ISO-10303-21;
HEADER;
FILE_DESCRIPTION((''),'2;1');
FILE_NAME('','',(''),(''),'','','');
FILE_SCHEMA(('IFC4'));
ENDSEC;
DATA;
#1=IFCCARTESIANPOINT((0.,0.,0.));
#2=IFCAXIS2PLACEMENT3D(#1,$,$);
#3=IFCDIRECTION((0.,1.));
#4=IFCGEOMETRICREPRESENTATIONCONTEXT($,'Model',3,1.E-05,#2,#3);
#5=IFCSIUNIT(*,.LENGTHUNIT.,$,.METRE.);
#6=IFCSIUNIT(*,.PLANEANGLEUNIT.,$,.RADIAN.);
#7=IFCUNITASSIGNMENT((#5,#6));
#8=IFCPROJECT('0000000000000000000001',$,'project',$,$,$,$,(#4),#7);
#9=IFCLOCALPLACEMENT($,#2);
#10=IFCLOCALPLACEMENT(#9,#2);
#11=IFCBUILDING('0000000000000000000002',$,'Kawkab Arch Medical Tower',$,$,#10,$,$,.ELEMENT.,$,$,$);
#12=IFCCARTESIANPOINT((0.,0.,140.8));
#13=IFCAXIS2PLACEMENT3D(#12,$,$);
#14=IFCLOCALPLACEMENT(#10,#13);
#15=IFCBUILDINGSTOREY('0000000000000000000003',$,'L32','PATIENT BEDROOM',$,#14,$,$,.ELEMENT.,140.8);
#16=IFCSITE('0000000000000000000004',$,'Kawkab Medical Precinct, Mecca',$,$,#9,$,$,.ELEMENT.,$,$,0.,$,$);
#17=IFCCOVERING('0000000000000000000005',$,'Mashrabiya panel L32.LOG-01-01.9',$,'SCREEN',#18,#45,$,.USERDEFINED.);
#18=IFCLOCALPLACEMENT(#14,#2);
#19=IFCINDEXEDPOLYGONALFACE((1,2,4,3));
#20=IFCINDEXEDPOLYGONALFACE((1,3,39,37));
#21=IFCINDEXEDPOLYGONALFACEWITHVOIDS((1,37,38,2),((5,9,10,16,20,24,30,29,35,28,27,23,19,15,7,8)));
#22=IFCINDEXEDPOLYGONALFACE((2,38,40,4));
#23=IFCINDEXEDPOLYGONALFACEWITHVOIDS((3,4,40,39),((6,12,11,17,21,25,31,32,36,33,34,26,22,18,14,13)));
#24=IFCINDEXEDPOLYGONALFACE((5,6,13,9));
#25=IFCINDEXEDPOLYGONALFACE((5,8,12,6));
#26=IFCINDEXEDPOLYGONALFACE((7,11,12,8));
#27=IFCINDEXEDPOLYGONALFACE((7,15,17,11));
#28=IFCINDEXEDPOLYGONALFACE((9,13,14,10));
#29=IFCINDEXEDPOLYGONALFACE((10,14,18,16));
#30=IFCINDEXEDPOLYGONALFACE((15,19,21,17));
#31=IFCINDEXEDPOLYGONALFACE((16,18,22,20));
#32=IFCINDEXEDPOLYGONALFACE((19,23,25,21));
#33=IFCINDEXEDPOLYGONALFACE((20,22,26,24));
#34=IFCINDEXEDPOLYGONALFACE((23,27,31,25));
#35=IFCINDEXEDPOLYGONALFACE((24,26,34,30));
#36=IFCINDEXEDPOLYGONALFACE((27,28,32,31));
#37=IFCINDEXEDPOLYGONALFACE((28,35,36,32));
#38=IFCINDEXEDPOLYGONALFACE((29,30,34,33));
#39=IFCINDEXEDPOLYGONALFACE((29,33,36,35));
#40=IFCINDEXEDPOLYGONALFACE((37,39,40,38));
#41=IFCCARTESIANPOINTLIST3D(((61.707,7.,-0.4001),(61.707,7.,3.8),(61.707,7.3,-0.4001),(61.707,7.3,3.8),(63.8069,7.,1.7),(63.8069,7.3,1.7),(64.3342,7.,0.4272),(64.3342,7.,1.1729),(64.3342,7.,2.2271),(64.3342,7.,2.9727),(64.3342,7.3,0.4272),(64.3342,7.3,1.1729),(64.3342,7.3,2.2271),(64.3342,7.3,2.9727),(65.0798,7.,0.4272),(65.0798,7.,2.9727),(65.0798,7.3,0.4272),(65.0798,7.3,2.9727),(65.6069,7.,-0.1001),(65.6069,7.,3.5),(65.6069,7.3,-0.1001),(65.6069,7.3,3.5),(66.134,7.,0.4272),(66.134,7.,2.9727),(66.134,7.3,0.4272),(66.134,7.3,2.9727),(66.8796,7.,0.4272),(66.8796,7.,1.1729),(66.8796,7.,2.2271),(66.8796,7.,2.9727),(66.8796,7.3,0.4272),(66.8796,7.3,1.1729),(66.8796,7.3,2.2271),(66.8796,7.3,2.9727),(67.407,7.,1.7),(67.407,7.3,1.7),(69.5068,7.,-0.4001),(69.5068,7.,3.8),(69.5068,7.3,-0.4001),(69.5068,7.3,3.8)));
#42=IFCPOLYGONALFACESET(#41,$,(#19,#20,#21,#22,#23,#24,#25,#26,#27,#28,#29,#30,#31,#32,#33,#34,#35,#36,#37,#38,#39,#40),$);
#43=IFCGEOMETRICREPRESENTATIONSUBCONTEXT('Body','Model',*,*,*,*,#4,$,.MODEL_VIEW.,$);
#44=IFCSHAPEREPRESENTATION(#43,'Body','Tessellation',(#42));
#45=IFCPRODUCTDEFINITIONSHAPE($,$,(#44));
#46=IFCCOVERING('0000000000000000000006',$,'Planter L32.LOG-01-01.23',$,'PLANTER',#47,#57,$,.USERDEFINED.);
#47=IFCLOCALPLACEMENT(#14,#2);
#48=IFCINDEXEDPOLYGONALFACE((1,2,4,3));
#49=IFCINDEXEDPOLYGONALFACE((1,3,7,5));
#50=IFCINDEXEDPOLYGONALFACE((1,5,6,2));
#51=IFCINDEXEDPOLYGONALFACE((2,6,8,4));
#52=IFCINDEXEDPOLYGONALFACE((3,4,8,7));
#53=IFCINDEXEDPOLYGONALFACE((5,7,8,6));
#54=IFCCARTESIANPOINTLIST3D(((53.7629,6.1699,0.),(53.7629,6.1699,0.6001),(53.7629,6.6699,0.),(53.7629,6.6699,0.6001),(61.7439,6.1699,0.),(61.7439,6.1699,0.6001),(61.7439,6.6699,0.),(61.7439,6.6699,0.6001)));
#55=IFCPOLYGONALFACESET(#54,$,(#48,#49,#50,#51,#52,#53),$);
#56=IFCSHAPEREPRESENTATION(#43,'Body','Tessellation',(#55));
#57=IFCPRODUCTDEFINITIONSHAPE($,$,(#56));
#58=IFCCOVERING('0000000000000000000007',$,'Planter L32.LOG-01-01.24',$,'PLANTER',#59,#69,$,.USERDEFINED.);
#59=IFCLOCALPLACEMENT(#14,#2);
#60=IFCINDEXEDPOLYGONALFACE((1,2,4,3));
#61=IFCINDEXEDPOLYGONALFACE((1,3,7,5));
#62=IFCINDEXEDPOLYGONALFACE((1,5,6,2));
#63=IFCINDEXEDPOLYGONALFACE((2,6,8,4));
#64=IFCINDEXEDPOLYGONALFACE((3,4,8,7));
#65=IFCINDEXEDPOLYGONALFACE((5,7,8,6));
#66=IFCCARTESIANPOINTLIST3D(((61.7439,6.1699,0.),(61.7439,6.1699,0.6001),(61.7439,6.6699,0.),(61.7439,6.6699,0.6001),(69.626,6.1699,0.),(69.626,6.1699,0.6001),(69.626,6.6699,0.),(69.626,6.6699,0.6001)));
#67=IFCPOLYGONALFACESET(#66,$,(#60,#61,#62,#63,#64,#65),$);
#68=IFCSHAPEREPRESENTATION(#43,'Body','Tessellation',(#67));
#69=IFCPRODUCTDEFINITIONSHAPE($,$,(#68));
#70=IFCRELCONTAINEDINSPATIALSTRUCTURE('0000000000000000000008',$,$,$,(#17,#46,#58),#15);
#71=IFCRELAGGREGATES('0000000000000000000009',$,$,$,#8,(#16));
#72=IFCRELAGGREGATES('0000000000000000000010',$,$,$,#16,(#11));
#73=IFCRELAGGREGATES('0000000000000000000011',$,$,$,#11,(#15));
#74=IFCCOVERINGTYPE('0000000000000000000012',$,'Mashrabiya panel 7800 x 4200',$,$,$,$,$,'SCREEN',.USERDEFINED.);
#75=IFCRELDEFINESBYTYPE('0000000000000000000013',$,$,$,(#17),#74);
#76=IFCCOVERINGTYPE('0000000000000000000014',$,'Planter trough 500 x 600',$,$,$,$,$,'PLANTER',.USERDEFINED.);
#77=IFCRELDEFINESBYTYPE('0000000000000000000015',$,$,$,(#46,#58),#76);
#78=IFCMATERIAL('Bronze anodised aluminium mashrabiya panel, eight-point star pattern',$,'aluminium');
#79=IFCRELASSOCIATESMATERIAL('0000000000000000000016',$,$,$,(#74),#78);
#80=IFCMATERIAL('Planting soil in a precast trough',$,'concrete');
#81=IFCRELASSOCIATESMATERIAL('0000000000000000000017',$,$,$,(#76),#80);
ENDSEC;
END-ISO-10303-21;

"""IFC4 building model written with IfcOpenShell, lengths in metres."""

from ifc_helpers import new_model, si_unit, direction, frame, origin, origin_2d, place, context, subcontext, project, spatial, polyline, rectangle, outline, extrude, material, material_profile, profile_set, type_object, element, save


model = new_model("IFC4")

# Units and contexts
model_context = context("Model", 3, precision=1e-05, world=origin(), true_north=direction((0.0, 1.0)))
body_context = subcontext(model_context, "Body", "Model", "MODEL_VIEW")
ifc_project = project(units=[si_unit("LENGTHUNIT", "METRE"), si_unit("PLANEANGLEUNIT", "RADIAN")], contexts=[model_context])

# Site, building, storey
site_placement = place(None, origin())
site = spatial("IfcSite", under=ifc_project, at=site_placement, Name="Kawkab Medical Precinct, Mecca", CompositionType="ELEMENT", RefElevation=0.0)
building_placement = place(site_placement, origin())
building = spatial("IfcBuilding", under=site, at=building_placement, Name="Kawkab Arch Medical Tower", CompositionType="ELEMENT")
storey_placement = place(building_placement, frame((0.0, 0.0, 140.8)))
storey = spatial("IfcBuildingStorey", under=building, at=storey_placement, Name="L32", Description="PATIENT BEDROOM", CompositionType="ELEMENT", Elevation=140.8)

# Coverings
ifc_material_1 = material(Name="Bronze anodised aluminium mashrabiya panel, eight-point star pattern", Category="aluminium")
ifc_material_profile_1 = material_profile(ifc_material_1, outline(polyline([(-3.8999, -2.1001), (3.8999, -2.1001), (3.8999, 2.1001), (-3.8999, 2.1001), (-3.8999, -2.1001)]), holes=[polyline([(1.8, 0.0), (1.2727, 0.5271), (1.2727, 1.2727), (0.5271, 1.2727), (0.0, 1.8), (-0.5271, 1.2727), (-1.2727, 1.2727), (-1.2727, 0.5271), (-1.8, 0.0), (-1.2727, -0.5271), (-1.2727, -1.2727), (-0.5271, -1.2727), (0.0, -1.8), (0.5271, -1.2727), (1.2727, -1.2727), (1.2727, -0.5271), (1.8, 0.0)])]), Name="Mashrabiya panel 7800x4200")
ifc_profile_set_1 = profile_set([ifc_material_profile_1], Name="Bronze anodised aluminium mashrabiya panel, eight-point star pattern")
covering_type_1 = type_object("IfcCoveringType", Name="Mashrabiya panel 7800 x 4200", ElementType="SCREEN", PredefinedType="USERDEFINED", material=ifc_profile_set_1)
for number, where, z_axis, x_axis, name in (
    (1, (65.6069, 7.0, 1.7), (0.0, 1.0, 0.0), (-1.0, 0.0, 0.0), "Mashrabiya panel L32.LOG-01-01.9"),
):
    element("IfcCovering", number, at=place(storey_placement, frame(where, z_axis=z_axis, x_axis=x_axis)), inside=storey, type_object=covering_type_1, Name=name, ObjectType="SCREEN", PredefinedType="USERDEFINED", context=body_context, shape_type="SweptSolid", body=[
        extrude(outline(polyline([(-3.8999, -2.1001), (3.8999, -2.1001), (3.8999, 2.1001), (-3.8999, 2.1001), (-3.8999, -2.1001)]), holes=[polyline([(1.8, 0.0), (1.2727, 0.5271), (1.2727, 1.2727), (0.5271, 1.2727), (0.0, 1.8), (-0.5271, 1.2727), (-1.2727, 1.2727), (-1.2727, 0.5271), (-1.8, 0.0), (-1.2727, -0.5271), (-1.2727, -1.2727), (-0.5271, -1.2727), (0.0, -1.8), (0.5271, -1.2727), (1.2727, -1.2727), (1.2727, -0.5271), (1.8, 0.0)])]), origin(), (0.0, 0.0, 1.0), 0.3),
    ])
ifc_material_2 = material(Name="Planting soil in a precast trough", Category="concrete")
ifc_material_profile_2 = material_profile(ifc_material_2, rectangle(XDim=0.5, YDim=0.6001, at=origin_2d()), Name="Trough 500x600")
ifc_profile_set_2 = profile_set([ifc_material_profile_2], Name="Planting soil in a precast trough")
covering_type_2 = type_object("IfcCoveringType", Name="Planter trough 500 x 600", ElementType="PLANTER", PredefinedType="USERDEFINED", material=ifc_profile_set_2)
covering_1_placement = place(storey_placement, frame((53.7629, 6.4199, 0.3), z_axis=(1.0, 0.0, 0.0), x_axis=(0.0, 1.0, 0.0)))
element("IfcCovering", 2, at=covering_1_placement, inside=storey, type_object=covering_type_2, Name="Planter L32.LOG-01-01.23", ObjectType="PLANTER", PredefinedType="USERDEFINED", context=body_context, shape_type="SweptSolid", body=[
    extrude(rectangle(XDim=0.5, YDim=0.6001, at=origin_2d()), origin(), (0.0, 0.0, 1.0), 7.981),
])
covering_2_placement = place(storey_placement, frame((61.7439, 6.4199, 0.3), z_axis=(1.0, 0.0, 0.0), x_axis=(0.0, 1.0, 0.0)))
element("IfcCovering", 3, at=covering_2_placement, inside=storey, type_object=covering_type_2, Name="Planter L32.LOG-01-01.24", ObjectType="PLANTER", PredefinedType="USERDEFINED", context=body_context, shape_type="SweptSolid", body=[
    extrude(rectangle(XDim=0.5, YDim=0.6001, at=origin_2d()), origin(), (0.0, 0.0, 1.0), 7.8821),
])

save(model, "model.ifc")
